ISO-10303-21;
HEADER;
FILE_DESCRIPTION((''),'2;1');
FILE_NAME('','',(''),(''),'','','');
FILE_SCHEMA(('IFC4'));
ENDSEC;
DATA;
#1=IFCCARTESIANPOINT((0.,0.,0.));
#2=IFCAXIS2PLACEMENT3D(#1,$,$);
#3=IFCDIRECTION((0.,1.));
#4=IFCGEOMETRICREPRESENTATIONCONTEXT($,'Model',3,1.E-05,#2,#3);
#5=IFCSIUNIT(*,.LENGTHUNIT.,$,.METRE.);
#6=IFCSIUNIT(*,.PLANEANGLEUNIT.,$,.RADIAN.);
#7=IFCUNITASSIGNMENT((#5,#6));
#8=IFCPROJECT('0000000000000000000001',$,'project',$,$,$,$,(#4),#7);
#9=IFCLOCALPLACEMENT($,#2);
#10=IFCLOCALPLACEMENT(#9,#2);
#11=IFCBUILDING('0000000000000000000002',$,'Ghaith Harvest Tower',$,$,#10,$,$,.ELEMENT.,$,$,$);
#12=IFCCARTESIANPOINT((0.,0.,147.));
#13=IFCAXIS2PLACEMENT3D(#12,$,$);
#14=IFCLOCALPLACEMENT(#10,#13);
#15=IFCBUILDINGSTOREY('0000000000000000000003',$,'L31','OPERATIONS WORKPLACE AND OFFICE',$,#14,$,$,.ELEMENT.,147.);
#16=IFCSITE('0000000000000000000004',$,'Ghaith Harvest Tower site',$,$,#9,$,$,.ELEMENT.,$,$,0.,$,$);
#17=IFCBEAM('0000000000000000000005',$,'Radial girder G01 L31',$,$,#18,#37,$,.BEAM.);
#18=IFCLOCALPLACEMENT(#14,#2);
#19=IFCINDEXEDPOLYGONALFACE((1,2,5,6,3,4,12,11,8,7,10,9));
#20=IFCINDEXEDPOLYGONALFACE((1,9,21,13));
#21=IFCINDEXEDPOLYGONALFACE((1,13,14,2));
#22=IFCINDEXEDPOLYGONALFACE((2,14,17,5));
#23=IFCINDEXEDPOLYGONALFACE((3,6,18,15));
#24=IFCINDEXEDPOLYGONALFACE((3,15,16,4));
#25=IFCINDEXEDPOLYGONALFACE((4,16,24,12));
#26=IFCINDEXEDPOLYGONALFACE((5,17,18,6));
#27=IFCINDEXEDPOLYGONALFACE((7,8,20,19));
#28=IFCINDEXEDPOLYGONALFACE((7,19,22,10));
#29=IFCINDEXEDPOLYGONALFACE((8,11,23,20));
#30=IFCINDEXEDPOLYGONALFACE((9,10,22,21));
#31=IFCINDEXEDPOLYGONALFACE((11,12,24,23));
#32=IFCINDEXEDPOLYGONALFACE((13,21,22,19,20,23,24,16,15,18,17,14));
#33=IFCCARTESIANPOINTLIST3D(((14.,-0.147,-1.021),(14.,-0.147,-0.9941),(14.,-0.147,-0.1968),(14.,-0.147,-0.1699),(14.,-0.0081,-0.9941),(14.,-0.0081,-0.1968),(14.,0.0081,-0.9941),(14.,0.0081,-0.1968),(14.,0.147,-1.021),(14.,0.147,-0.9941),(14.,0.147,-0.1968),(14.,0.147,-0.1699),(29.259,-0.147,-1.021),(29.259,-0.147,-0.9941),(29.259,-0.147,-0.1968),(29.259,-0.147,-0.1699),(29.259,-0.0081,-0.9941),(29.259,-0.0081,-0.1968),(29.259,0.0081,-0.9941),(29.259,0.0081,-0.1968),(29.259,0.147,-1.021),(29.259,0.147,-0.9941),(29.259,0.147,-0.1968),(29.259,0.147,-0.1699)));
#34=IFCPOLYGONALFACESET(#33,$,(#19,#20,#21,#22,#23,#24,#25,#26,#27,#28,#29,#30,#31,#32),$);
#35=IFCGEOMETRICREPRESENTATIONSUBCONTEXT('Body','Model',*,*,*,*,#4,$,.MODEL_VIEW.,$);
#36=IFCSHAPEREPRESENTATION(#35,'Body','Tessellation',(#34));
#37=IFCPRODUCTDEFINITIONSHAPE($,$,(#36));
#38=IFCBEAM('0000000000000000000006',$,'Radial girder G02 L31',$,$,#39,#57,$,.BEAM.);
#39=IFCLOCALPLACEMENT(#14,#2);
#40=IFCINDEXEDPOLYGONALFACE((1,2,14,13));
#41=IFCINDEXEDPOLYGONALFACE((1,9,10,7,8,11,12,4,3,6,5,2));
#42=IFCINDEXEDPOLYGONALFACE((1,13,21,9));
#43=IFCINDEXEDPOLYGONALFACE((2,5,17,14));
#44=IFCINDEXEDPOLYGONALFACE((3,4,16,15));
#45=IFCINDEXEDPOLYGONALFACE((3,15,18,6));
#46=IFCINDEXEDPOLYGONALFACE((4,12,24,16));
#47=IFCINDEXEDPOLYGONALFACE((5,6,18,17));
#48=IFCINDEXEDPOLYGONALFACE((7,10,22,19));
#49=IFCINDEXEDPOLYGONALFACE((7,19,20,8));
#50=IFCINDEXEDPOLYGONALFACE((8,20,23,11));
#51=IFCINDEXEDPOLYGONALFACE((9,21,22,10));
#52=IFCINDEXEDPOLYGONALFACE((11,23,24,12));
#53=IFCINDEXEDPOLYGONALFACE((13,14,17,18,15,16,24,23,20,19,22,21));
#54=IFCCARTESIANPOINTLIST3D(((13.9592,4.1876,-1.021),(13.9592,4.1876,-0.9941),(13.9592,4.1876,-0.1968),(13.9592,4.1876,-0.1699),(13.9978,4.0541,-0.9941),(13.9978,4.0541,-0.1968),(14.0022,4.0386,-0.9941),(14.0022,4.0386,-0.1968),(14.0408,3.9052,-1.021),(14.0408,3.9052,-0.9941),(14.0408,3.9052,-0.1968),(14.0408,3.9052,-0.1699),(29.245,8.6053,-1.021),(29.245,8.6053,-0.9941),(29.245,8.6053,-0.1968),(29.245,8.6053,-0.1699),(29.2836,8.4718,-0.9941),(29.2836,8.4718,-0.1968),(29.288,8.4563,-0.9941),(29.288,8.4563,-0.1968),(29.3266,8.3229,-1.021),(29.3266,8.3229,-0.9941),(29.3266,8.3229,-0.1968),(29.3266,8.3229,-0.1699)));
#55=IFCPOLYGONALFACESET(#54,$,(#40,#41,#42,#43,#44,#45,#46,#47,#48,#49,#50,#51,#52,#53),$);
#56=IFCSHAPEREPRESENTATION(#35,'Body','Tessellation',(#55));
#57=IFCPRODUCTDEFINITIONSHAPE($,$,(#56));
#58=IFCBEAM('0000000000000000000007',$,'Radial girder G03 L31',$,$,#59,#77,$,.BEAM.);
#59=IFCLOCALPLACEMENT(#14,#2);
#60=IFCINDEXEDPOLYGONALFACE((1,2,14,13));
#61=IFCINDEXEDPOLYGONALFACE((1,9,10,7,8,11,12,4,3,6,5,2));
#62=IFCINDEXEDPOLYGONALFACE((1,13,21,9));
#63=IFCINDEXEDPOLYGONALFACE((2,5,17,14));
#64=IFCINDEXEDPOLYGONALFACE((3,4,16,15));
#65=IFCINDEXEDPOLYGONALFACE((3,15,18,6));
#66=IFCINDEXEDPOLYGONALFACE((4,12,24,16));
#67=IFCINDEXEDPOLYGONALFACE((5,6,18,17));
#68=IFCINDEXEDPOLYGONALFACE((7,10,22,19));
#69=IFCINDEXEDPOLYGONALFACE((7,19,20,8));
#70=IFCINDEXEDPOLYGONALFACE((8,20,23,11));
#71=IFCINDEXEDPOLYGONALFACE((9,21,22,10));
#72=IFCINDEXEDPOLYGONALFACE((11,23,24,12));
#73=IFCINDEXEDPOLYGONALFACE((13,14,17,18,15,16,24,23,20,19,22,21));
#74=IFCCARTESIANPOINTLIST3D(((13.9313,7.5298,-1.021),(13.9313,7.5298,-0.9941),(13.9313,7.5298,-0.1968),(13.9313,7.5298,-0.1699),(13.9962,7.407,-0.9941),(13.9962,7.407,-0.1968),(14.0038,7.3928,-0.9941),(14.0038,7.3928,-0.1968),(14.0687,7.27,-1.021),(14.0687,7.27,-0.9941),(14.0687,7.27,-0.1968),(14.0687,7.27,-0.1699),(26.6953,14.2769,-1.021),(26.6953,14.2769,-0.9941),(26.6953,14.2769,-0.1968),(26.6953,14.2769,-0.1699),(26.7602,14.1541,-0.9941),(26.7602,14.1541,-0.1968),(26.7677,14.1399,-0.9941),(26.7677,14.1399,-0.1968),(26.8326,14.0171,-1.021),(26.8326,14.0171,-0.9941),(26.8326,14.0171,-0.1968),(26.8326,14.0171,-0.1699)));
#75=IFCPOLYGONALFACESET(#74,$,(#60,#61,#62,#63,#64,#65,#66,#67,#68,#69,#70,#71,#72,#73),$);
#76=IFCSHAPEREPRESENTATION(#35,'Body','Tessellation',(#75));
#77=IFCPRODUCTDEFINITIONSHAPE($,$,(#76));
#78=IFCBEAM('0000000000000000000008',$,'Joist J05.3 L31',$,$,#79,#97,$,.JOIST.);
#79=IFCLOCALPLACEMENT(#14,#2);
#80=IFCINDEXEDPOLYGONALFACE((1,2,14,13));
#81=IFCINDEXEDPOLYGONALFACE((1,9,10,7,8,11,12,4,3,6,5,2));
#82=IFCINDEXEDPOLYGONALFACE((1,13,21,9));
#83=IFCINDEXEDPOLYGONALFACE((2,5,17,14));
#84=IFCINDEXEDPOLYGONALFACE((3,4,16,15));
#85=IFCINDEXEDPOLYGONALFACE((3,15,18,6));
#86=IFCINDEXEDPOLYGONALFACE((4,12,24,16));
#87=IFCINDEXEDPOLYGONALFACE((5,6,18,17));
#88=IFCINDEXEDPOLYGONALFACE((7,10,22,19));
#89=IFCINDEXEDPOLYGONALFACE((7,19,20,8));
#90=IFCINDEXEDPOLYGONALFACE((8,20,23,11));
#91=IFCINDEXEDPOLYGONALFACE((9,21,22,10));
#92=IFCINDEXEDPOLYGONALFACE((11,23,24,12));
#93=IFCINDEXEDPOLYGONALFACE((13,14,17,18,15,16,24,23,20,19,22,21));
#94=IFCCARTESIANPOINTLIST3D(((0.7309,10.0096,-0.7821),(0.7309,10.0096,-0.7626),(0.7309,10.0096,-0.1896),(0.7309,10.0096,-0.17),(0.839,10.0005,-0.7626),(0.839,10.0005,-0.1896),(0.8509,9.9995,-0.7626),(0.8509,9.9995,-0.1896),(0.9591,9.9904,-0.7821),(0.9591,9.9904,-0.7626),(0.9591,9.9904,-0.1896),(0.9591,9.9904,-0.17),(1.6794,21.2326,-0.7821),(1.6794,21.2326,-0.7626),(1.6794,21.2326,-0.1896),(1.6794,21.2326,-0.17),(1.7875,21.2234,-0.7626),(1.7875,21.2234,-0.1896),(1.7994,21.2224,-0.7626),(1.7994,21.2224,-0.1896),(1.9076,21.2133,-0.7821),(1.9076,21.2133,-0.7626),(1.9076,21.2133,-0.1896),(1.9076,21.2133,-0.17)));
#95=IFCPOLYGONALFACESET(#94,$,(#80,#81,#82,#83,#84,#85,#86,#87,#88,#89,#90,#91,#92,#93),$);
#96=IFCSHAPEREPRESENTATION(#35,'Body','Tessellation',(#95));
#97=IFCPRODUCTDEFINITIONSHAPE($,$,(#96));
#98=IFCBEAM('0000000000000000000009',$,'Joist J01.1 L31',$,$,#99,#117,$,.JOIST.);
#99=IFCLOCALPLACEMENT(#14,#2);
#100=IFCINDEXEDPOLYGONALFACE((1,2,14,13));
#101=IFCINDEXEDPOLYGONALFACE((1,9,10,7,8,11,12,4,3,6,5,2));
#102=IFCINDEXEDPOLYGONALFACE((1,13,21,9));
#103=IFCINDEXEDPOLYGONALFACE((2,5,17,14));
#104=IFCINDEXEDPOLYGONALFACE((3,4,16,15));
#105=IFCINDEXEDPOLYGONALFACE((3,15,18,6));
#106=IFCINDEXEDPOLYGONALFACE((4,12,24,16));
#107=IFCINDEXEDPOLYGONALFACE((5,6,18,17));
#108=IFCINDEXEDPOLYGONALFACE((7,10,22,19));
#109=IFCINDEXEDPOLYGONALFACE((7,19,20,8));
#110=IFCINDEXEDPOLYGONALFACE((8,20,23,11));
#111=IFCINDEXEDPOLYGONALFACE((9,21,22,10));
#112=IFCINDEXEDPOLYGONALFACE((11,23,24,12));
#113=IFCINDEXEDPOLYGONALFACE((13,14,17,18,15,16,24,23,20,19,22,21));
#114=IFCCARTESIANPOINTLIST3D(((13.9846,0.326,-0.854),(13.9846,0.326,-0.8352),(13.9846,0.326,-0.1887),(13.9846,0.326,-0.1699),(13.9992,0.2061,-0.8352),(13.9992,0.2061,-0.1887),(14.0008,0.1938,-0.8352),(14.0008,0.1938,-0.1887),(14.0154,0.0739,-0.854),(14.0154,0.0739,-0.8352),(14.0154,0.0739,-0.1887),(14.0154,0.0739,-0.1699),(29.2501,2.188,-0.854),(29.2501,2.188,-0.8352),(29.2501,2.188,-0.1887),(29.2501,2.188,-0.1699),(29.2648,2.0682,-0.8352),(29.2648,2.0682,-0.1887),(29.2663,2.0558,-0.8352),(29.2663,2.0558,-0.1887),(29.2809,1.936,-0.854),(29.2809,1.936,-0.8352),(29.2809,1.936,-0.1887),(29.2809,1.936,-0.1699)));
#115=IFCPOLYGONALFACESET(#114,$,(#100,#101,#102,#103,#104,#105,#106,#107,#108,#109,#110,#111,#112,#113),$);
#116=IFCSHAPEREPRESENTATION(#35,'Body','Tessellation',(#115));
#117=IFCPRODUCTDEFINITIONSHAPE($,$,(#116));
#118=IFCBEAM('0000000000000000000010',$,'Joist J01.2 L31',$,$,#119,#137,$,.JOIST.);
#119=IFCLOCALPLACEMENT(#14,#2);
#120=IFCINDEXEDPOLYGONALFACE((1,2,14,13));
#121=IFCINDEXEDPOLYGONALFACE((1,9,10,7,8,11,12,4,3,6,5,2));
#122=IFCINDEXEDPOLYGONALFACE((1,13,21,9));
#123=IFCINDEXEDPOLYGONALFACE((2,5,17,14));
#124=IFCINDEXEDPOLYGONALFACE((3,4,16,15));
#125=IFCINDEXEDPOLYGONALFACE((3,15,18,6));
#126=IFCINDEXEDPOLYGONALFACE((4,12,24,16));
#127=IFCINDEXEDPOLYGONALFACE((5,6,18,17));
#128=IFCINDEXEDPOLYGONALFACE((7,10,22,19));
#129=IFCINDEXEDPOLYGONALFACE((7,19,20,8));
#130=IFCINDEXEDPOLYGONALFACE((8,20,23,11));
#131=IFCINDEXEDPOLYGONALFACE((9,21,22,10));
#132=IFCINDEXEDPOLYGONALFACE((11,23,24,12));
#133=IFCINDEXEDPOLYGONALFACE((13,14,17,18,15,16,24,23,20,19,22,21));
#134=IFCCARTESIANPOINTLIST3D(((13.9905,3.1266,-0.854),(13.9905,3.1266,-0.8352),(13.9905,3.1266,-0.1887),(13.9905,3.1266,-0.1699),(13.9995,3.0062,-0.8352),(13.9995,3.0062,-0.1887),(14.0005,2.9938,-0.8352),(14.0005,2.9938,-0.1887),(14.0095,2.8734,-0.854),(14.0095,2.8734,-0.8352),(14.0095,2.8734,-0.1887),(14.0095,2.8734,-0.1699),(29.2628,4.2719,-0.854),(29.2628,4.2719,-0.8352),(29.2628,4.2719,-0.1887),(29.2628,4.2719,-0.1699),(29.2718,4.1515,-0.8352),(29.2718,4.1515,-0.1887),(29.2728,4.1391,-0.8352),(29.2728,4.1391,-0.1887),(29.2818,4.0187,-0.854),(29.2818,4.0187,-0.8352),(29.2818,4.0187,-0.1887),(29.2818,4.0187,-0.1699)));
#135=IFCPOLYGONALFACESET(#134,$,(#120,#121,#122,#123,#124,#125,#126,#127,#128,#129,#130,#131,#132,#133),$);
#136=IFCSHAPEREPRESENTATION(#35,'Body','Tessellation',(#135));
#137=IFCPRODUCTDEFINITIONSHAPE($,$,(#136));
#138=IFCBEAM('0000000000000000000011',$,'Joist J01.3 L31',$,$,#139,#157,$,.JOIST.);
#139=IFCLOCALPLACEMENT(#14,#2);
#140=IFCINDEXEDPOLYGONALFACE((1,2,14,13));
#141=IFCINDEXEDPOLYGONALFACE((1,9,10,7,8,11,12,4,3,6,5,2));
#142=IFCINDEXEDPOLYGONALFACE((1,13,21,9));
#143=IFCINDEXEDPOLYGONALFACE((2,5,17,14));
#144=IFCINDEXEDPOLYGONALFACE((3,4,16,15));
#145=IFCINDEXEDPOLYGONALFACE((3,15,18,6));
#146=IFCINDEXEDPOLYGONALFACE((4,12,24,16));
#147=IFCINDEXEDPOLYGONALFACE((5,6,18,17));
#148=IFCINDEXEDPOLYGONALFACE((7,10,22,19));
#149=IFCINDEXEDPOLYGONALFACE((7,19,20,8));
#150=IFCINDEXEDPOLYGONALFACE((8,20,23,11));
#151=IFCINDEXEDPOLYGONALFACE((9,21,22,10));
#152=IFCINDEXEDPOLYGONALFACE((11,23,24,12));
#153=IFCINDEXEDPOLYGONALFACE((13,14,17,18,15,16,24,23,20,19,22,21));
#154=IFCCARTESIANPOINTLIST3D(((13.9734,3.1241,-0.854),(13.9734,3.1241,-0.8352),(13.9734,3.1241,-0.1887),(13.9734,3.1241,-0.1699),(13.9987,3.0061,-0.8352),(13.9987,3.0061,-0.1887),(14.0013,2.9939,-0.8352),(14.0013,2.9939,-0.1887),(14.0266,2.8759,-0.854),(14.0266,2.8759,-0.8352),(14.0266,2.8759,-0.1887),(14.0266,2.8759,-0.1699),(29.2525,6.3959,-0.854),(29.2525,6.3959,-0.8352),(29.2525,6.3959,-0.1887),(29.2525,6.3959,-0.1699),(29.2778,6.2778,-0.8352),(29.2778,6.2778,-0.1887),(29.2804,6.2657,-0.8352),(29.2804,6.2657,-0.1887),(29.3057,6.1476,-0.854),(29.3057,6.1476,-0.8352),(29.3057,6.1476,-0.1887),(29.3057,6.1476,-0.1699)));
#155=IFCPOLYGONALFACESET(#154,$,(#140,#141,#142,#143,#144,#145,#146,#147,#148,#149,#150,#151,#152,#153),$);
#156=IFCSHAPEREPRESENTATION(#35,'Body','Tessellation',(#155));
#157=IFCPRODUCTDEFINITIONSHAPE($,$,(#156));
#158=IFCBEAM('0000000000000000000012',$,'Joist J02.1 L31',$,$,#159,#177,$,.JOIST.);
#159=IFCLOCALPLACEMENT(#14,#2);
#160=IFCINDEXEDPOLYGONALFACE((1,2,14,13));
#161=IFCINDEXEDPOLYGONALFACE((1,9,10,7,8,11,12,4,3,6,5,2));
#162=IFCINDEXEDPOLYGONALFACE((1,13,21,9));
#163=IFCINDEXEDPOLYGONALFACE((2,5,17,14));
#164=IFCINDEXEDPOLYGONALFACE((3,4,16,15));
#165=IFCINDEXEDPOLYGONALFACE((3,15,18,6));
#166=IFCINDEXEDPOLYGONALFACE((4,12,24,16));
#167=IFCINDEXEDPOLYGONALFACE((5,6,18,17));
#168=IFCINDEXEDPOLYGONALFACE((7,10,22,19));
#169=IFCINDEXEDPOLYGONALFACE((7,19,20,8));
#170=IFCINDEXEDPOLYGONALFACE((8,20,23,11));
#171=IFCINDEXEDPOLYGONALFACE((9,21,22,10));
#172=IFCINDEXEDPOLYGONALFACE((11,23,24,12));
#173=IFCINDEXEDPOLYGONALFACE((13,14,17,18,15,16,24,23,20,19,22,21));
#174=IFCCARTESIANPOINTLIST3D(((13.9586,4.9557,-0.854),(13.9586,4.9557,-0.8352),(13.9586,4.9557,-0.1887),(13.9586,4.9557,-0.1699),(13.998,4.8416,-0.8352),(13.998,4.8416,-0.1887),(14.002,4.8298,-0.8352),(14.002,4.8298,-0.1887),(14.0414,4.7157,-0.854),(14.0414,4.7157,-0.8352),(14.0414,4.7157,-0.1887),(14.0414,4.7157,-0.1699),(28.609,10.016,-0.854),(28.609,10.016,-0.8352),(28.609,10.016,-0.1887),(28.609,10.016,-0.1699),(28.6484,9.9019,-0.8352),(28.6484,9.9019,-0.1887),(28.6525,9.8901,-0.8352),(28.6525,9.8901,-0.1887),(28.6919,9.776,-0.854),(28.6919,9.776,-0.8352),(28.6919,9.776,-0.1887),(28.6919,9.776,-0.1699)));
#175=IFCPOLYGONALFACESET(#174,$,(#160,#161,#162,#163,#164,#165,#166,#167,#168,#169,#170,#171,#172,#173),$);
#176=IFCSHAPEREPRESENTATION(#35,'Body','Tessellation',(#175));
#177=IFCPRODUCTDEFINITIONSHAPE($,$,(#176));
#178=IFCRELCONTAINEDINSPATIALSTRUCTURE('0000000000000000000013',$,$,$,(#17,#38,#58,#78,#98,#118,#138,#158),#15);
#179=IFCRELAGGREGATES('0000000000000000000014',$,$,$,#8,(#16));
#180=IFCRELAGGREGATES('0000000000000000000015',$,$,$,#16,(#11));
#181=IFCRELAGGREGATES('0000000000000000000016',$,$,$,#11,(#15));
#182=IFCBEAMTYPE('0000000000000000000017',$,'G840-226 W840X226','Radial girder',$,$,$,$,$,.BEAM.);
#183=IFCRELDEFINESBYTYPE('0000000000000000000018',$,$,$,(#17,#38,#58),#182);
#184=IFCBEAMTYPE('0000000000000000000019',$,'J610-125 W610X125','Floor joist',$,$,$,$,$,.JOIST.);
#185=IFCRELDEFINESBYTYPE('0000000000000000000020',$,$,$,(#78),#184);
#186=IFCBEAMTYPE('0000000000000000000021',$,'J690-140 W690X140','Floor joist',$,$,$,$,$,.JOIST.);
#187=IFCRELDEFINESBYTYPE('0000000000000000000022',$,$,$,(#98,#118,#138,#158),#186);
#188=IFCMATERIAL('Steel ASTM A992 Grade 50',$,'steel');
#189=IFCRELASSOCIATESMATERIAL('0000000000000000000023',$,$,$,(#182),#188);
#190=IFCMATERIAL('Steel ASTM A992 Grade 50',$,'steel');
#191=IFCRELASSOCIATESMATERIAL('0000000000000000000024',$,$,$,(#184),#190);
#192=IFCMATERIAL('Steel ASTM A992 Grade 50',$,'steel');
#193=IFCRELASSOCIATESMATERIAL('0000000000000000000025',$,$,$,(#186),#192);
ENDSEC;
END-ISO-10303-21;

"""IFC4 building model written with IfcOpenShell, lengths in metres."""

from ifc_helpers import new_model, si_unit, direction, frame, origin, origin_2d, place, context, subcontext, project, spatial, i_section, extrude, material, material_profile, profile_set, type_object, element, save


model = new_model("IFC4")

# Units and contexts
model_context = context("Model", 3, precision=1e-05, world=origin(), true_north=direction((0.0, 1.0)))
body_context = subcontext(model_context, "Body", "Model", "MODEL_VIEW")
ifc_project = project(units=[si_unit("LENGTHUNIT", "METRE"), si_unit("PLANEANGLEUNIT", "RADIAN")], contexts=[model_context])

# Site, building, storey
site_placement = place(None, origin())
site = spatial("IfcSite", under=ifc_project, at=site_placement, Name="Ghaith Harvest Tower site", CompositionType="ELEMENT", RefElevation=0.0)
building_placement = place(site_placement, origin())
building = spatial("IfcBuilding", under=site, at=building_placement, Name="Ghaith Harvest Tower", CompositionType="ELEMENT")
storey_placement = place(building_placement, frame((0.0, 0.0, 147.0)))
storey = spatial("IfcBuildingStorey", under=building, at=storey_placement, Name="L31", Description="OPERATIONS WORKPLACE AND OFFICE", CompositionType="ELEMENT", Elevation=147.0)

# Beams
ifc_material_1 = material(Name="Steel ASTM A992 Grade 50", Category="steel")
ifc_material_profile_1 = material_profile(ifc_material_1, i_section(OverallWidth=0.2939, OverallDepth=0.8511, WebThickness=0.0161, FlangeThickness=0.0269, at=origin_2d()), Name="W840X226")
ifc_profile_set_1 = profile_set([ifc_material_profile_1], Name="Steel ASTM A992 Grade 50")
beam_type_1 = type_object("IfcBeamType", Name="G840-226 W840X226", Description="Radial girder", PredefinedType="BEAM", material=ifc_profile_set_1)
beam_1_placement = place(storey_placement, frame((14.0, 0.0, -0.5955), z_axis=(1.0, 0.0, 0.0), x_axis=(0.0, 1.0, 0.0)))
element("IfcBeam", 1, at=beam_1_placement, inside=storey, type_object=beam_type_1, Name="Radial girder G01 L31", PredefinedType="BEAM", context=body_context, shape_type="SweptSolid", body=[
    extrude(i_section(OverallWidth=0.2939, OverallDepth=0.8511, WebThickness=0.0161, FlangeThickness=0.0269, at=origin_2d()), origin(), (0.0, 0.0, 1.0), 15.259),
])
beam_2_placement = place(storey_placement, frame((14.0, 4.0464, -0.5955), z_axis=(0.960684, 0.277644, 0.0), x_axis=(-0.277644, 0.960684, 0.0)))
element("IfcBeam", 2, at=beam_2_placement, inside=storey, type_object=beam_type_1, Name="Radial girder G02 L31", PredefinedType="BEAM", context=body_context, shape_type="SweptSolid", body=[
    extrude(i_section(OverallWidth=0.2939, OverallDepth=0.8511, WebThickness=0.0161, FlangeThickness=0.0269, at=origin_2d()), origin(), (0.0, 0.0, 1.0), 15.9114),
])
beam_3_placement = place(storey_placement, frame((14.0, 7.3999, -0.5955), z_axis=(0.884083, 0.467331, 0.0), x_axis=(-0.467331, 0.884083, 0.0)))
element("IfcBeam", 3, at=beam_3_placement, inside=storey, type_object=beam_type_1, Name="Radial girder G03 L31", PredefinedType="BEAM", context=body_context, shape_type="SweptSolid", body=[
    extrude(i_section(OverallWidth=0.2939, OverallDepth=0.8511, WebThickness=0.0161, FlangeThickness=0.0269, at=origin_2d()), origin(), (0.0, 0.0, 1.0), 14.4375),
])
ifc_material_2 = material(Name="Steel ASTM A992 Grade 50", Category="steel")
ifc_material_profile_2 = material_profile(ifc_material_2, i_section(OverallWidth=0.229, OverallDepth=0.6121, WebThickness=0.012, FlangeThickness=0.0195, at=origin_2d()), Name="W610X125")
ifc_profile_set_2 = profile_set([ifc_material_profile_2], Name="Steel ASTM A992 Grade 50")
beam_type_2 = type_object("IfcBeamType", Name="J610-125 W610X125", Description="Floor joist", PredefinedType="JOIST", material=ifc_profile_set_2)
beam_4_placement = place(storey_placement, frame((0.845, 10.0, -0.4761), z_axis=(0.084213, 0.996448, 0.0), x_axis=(-0.996448, 0.084213, 0.0)))
element("IfcBeam", 4, at=beam_4_placement, inside=storey, type_object=beam_type_2, Name="Joist J05.3 L31", PredefinedType="JOIST", context=body_context, shape_type="SweptSolid", body=[
    extrude(i_section(OverallWidth=0.229, OverallDepth=0.6121, WebThickness=0.012, FlangeThickness=0.0195, at=origin_2d()), origin(), (0.0, 0.0, 1.0), 11.2629),
])
ifc_material_3 = material(Name="Steel ASTM A992 Grade 50", Category="steel")
ifc_material_profile_3 = material_profile(ifc_material_3, i_section(OverallWidth=0.2539, OverallDepth=0.6841, WebThickness=0.0125, FlangeThickness=0.0188, at=origin_2d()), Name="W690X140")
ifc_profile_set_3 = profile_set([ifc_material_profile_3], Name="Steel ASTM A992 Grade 50")
beam_type_3 = type_object("IfcBeamType", Name="J690-140 W690X140", Description="Floor joist", PredefinedType="JOIST", material=ifc_profile_set_3)
beam_5_placement = place(storey_placement, frame((14.0, 0.2, -0.512), z_axis=(0.992643, 0.12108, 0.0), x_axis=(-0.12108, 0.992643, 0.0)))
element("IfcBeam", 5, at=beam_5_placement, inside=storey, type_object=beam_type_3, Name="Joist J01.1 L31", PredefinedType="JOIST", context=body_context, shape_type="SweptSolid", body=[
    extrude(i_section(OverallWidth=0.2539, OverallDepth=0.6841, WebThickness=0.0125, FlangeThickness=0.0188, at=origin_2d()), origin(), (0.0, 0.0, 1.0), 15.3787),
])
beam_6_placement = place(storey_placement, frame((14.0, 3.0, -0.512), z_axis=(0.9972, 0.07478, 0.0), x_axis=(-0.07478, 0.9972, 0.0)))
element("IfcBeam", 6, at=beam_6_placement, inside=storey, type_object=beam_type_3, Name="Joist J01.2 L31", PredefinedType="JOIST", context=body_context, shape_type="SweptSolid", body=[
    extrude(i_section(OverallWidth=0.2539, OverallDepth=0.6841, WebThickness=0.0125, FlangeThickness=0.0188, at=origin_2d()), origin(), (0.0, 0.0, 1.0), 15.3152),
])
beam_7_placement = place(storey_placement, frame((14.0, 3.0, -0.512), z_axis=(0.977833, 0.209385, 0.0), x_axis=(-0.209385, 0.977833, 0.0)))
element("IfcBeam", 7, at=beam_7_placement, inside=storey, type_object=beam_type_3, Name="Joist J01.3 L31", PredefinedType="JOIST", context=body_context, shape_type="SweptSolid", body=[
    extrude(i_section(OverallWidth=0.2539, OverallDepth=0.6841, WebThickness=0.0125, FlangeThickness=0.0188, at=origin_2d()), origin(), (0.0, 0.0, 1.0), 15.6255),
])
beam_8_placement = place(storey_placement, frame((14.0, 4.8357, -0.512), z_axis=(0.945205, 0.326478, 0.0), x_axis=(-0.326478, 0.945205, 0.0)))
element("IfcBeam", 8, at=beam_8_placement, inside=storey, type_object=beam_type_3, Name="Joist J02.1 L31", PredefinedType="JOIST", context=body_context, shape_type="SweptSolid", body=[
    extrude(i_section(OverallWidth=0.2539, OverallDepth=0.6841, WebThickness=0.0125, FlangeThickness=0.0188, at=origin_2d()), origin(), (0.0, 0.0, 1.0), 15.4998),
])

save(model, "model.ifc")
